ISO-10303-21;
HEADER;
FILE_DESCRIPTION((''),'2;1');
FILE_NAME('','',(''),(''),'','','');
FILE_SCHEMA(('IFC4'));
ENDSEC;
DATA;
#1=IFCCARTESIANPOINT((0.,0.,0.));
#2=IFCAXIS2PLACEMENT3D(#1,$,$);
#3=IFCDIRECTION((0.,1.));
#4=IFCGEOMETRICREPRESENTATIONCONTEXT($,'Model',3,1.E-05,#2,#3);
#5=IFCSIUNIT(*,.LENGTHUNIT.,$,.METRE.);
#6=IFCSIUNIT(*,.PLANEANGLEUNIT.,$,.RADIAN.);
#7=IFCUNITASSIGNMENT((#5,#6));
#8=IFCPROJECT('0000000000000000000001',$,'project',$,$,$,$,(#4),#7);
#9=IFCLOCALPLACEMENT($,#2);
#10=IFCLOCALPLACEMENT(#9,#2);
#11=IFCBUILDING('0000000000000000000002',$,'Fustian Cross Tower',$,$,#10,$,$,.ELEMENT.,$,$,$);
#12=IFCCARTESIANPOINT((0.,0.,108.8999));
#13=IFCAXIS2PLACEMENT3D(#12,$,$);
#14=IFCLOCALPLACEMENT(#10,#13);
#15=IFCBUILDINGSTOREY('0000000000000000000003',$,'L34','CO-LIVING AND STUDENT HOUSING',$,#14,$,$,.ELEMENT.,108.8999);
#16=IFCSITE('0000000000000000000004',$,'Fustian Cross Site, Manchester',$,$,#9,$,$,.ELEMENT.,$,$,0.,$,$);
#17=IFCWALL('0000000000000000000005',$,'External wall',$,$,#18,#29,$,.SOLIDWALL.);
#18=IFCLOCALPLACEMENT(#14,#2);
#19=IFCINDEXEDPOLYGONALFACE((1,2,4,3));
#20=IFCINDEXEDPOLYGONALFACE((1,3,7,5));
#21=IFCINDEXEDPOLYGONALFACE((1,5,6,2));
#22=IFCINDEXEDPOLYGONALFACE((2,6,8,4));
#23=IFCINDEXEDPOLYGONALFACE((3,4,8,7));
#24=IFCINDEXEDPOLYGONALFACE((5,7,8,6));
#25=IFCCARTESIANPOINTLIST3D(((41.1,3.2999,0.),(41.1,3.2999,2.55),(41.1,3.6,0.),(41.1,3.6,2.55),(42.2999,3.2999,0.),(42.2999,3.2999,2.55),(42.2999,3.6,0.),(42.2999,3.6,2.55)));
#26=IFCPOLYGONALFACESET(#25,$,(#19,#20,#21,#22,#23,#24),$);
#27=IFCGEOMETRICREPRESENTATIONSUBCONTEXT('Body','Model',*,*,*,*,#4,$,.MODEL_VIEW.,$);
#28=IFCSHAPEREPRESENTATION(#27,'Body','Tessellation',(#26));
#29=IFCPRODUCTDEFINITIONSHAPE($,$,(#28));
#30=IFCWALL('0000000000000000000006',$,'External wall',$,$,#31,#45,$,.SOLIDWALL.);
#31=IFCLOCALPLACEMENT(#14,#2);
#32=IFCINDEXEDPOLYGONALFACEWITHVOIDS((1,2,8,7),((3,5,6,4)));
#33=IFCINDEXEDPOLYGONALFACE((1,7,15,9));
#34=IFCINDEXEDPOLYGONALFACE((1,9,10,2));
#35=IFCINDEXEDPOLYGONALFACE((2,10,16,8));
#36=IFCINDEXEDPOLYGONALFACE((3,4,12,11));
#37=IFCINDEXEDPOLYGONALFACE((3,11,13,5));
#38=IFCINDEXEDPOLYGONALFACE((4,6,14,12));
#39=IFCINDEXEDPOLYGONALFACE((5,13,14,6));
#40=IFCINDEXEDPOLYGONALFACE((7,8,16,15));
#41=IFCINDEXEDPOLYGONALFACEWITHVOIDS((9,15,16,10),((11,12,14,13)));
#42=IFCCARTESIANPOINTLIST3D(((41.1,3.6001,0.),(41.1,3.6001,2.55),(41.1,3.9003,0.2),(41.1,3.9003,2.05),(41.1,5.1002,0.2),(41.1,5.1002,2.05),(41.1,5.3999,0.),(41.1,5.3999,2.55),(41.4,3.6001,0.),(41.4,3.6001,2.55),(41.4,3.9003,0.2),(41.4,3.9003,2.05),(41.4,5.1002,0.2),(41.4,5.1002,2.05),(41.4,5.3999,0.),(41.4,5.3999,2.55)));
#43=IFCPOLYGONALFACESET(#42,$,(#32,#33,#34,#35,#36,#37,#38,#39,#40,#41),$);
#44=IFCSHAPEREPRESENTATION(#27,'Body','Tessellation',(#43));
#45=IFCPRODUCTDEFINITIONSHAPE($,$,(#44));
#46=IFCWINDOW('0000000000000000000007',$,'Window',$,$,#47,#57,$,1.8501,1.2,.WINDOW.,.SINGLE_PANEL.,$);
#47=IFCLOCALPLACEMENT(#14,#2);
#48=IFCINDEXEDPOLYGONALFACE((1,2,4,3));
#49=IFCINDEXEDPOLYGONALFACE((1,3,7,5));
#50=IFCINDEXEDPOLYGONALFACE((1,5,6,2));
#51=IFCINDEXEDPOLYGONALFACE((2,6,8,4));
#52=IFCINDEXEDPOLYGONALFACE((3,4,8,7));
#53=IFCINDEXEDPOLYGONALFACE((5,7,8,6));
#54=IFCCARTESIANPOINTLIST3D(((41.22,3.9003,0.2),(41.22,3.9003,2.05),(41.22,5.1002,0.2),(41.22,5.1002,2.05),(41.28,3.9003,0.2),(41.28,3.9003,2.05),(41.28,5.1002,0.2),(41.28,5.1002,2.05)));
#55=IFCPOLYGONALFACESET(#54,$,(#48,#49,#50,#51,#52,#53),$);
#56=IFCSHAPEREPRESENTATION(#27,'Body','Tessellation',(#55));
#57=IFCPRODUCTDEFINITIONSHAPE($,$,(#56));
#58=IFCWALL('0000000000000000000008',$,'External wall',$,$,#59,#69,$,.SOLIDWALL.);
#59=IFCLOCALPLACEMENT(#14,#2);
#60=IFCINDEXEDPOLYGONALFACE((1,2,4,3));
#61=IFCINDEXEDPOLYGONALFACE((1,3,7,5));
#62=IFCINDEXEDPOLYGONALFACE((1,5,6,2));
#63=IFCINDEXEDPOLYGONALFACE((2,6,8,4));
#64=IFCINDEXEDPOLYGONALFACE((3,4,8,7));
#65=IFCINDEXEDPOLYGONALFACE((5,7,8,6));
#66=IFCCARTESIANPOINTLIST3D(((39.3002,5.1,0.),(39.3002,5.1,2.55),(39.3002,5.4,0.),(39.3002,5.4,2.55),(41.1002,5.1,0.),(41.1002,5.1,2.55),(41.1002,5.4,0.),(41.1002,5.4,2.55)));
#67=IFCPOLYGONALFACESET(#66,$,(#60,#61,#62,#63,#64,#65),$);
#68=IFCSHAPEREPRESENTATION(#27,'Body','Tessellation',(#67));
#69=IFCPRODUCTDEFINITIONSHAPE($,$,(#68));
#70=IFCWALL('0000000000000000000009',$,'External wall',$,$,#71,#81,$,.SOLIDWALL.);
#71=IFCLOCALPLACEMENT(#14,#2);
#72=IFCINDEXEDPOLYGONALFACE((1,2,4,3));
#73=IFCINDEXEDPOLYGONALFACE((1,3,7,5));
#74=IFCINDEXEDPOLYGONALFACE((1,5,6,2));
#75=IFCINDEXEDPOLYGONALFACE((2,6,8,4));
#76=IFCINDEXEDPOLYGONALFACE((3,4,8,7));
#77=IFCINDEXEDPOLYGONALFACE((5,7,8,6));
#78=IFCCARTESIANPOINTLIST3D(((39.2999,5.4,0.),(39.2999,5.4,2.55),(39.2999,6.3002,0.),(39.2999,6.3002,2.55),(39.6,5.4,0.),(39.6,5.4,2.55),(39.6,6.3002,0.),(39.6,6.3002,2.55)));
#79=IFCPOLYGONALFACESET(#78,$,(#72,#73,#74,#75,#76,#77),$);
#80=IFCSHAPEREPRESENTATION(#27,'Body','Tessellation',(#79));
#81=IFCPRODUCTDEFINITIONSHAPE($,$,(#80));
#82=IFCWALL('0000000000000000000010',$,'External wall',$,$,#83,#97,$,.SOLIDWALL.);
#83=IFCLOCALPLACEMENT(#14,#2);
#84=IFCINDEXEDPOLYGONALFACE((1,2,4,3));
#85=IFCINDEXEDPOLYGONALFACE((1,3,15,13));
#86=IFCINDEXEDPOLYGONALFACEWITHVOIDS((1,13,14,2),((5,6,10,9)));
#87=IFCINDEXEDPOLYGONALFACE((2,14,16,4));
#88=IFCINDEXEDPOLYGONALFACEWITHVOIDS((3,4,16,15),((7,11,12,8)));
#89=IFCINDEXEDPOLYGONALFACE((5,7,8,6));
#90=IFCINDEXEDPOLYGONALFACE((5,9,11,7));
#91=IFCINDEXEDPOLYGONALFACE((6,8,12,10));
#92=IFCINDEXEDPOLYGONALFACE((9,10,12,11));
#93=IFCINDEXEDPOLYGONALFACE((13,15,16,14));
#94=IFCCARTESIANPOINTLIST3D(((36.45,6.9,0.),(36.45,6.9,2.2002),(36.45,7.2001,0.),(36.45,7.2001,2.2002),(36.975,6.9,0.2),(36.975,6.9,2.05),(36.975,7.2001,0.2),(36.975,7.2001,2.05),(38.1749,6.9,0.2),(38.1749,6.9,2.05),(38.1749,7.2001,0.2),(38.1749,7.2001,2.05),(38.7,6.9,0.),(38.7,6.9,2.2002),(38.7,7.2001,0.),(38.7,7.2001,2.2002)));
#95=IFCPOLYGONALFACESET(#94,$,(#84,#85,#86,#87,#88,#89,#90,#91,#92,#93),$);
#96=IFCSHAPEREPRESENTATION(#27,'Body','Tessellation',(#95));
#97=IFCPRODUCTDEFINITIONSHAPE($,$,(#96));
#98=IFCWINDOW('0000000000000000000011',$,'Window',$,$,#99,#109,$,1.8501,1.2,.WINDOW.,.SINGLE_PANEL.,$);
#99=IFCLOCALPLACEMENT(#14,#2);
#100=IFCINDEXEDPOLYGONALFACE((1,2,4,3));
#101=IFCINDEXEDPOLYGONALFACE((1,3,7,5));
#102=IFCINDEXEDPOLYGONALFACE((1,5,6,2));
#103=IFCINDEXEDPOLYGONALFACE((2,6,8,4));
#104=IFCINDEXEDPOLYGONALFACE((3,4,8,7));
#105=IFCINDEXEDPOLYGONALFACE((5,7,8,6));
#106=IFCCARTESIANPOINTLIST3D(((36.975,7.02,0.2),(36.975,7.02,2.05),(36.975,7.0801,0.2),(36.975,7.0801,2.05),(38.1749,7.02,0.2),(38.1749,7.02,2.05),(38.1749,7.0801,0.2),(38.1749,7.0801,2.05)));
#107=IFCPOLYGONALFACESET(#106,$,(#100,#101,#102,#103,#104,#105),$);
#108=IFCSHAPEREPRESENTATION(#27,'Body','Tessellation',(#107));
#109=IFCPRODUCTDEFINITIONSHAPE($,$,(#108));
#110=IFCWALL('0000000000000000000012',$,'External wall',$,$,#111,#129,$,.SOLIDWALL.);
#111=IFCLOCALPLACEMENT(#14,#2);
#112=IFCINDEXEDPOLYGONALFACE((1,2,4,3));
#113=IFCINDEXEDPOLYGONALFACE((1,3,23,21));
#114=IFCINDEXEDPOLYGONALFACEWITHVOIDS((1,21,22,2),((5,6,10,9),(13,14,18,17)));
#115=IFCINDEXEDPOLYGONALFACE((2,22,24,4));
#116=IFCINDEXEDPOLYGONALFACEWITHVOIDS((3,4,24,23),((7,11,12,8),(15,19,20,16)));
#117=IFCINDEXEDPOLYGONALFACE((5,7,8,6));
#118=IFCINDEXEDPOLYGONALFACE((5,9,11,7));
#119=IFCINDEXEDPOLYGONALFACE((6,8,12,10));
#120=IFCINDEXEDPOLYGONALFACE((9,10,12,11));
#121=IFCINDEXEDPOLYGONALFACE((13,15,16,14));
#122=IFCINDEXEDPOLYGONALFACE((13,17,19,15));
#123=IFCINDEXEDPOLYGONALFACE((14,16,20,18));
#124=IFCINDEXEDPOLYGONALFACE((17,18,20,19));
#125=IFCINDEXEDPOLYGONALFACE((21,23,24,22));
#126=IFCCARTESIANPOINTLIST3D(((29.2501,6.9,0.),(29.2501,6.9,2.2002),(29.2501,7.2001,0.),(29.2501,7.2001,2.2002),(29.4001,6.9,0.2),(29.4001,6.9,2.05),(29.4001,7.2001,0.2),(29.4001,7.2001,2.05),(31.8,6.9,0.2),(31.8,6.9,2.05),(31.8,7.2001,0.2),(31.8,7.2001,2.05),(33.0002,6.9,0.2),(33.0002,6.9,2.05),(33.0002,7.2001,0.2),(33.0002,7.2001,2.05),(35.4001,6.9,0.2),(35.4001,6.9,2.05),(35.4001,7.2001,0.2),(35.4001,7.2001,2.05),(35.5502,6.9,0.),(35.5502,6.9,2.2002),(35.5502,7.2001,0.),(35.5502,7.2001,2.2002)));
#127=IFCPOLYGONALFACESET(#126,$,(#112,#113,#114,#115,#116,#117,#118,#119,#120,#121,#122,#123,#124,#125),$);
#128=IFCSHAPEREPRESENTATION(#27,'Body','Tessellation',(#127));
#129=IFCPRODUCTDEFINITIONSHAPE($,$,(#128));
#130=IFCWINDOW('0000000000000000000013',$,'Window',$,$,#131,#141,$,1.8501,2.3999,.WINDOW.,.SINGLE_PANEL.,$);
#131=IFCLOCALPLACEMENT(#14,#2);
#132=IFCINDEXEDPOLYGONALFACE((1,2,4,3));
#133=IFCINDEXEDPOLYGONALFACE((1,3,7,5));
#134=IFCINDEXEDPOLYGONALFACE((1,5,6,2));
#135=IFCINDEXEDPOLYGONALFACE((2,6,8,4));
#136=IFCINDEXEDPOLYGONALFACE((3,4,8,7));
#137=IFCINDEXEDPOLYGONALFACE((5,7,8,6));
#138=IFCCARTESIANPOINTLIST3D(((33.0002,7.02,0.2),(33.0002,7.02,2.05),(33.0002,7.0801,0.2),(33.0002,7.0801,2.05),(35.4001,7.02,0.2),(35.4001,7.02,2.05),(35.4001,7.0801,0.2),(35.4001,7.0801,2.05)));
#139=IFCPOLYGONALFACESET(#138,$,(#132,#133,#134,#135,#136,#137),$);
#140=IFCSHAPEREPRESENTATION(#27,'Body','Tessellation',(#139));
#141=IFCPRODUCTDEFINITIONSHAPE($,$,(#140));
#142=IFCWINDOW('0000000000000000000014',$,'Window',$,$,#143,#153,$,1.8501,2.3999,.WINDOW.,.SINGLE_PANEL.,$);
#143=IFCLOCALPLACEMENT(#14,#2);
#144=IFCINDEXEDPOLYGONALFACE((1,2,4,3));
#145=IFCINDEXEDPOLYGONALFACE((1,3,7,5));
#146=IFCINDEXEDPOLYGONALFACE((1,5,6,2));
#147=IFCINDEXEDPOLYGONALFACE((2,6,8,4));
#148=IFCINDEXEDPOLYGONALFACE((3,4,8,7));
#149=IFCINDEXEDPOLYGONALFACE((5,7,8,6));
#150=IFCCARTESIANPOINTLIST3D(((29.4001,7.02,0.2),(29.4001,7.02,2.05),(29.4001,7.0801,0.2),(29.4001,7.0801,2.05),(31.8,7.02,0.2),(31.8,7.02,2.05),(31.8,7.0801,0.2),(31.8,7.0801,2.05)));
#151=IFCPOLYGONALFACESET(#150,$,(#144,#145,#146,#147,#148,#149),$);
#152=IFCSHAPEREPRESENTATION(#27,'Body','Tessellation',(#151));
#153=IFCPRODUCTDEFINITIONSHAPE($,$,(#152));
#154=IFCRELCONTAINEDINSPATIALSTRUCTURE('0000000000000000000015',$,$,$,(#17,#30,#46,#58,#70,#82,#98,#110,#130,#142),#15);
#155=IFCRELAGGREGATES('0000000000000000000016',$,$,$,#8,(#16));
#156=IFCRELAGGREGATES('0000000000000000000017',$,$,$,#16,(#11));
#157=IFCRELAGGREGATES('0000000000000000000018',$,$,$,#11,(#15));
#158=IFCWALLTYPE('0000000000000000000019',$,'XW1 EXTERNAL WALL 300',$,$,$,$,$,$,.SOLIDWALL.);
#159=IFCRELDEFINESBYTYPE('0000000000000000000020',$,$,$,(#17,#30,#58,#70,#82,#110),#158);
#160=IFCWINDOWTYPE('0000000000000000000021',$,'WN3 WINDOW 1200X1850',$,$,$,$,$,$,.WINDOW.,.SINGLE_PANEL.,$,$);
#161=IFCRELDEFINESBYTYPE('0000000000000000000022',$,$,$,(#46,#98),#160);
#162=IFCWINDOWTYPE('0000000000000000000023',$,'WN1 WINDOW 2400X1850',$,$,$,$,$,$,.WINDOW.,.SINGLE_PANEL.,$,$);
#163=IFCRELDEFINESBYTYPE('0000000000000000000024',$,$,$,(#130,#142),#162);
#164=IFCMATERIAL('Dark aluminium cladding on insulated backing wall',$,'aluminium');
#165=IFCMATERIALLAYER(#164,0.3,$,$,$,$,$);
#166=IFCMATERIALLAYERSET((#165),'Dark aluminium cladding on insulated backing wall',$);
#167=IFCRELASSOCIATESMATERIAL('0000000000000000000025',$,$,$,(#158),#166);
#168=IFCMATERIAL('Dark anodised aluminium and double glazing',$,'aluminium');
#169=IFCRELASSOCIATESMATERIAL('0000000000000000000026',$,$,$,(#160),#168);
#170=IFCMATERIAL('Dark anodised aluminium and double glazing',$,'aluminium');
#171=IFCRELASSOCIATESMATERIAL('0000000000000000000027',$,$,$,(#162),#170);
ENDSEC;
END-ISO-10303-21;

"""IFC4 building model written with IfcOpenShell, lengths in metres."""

from ifc_helpers import new_model, si_unit, direction, frame, frame_2d, origin, place, context, subcontext, project, spatial, rectangle, extrude, material, layer, layer_set, type_object, element, fill, save


model = new_model("IFC4")

# Units and contexts
model_context = context("Model", 3, precision=1e-05, world=origin(), true_north=direction((0.0, 1.0)))
body_context = subcontext(model_context, "Body", "Model", "MODEL_VIEW")
ifc_project = project(units=[si_unit("LENGTHUNIT", "METRE"), si_unit("PLANEANGLEUNIT", "RADIAN")], contexts=[model_context])

# Site, building, storey
site_placement = place(None, origin())
site = spatial("IfcSite", under=ifc_project, at=site_placement, Name="Fustian Cross Site, Manchester", CompositionType="ELEMENT", RefElevation=0.0)
building_placement = place(site_placement, origin())
building = spatial("IfcBuilding", under=site, at=building_placement, Name="Fustian Cross Tower", CompositionType="ELEMENT")
storey_placement = place(building_placement, frame((0.0, 0.0, 108.8999)))
storey = spatial("IfcBuildingStorey", under=building, at=storey_placement, Name="L34", Description="CO-LIVING AND STUDENT HOUSING", CompositionType="ELEMENT", Elevation=108.8999)

# Wall
ifc_material_1 = material(Name="Dark aluminium cladding on insulated backing wall", Category="aluminium")
ifc_layer_1 = layer(ifc_material_1, 0.3)
ifc_layer_set_1 = layer_set([ifc_layer_1], Name="Dark aluminium cladding on insulated backing wall")
wall_type_1 = type_object("IfcWallType", Name="XW1 EXTERNAL WALL 300", PredefinedType="SOLIDWALL", material=ifc_layer_set_1)
wall_1_placement = place(storey_placement, frame((42.3, 3.45, 0.0), z_axis=(0.0, 0.0, 1.0), x_axis=(-1.0, 0.0, 0.0)))
element("IfcWall", 1, at=wall_1_placement, inside=storey, type_object=wall_type_1, Name="External wall", PredefinedType="SOLIDWALL", context=body_context, shape_type="SweptSolid", body=[
    extrude(rectangle(XDim=1.2, YDim=0.3, at=frame_2d((0.6001, 0.0))), origin(), (0.0, 0.0, 1.0), 2.55),
])

# Wall, opening, window
wall_2_placement = place(storey_placement, frame((41.25, 3.6001, 0.0), z_axis=(0.0, 0.0, 1.0), x_axis=(0.0, 1.0, 0.0)))
wall_2 = element("IfcWall", 2, at=wall_2_placement, inside=storey, type_object=wall_type_1, Name="External wall", PredefinedType="SOLIDWALL", context=body_context, shape_type="SweptSolid", body=[
    extrude(rectangle(XDim=1.7998, YDim=0.3, at=frame_2d((0.8999, 0.0))), origin(), (0.0, 0.0, 1.0), 2.55),
])
opening_1_placement = place(wall_2_placement, frame((0.3, 0.0, 0.2)))
opening_1 = element("IfcOpeningElement", 3, at=opening_1_placement, cuts=wall_2, PredefinedType="OPENING", context=body_context, shape_type="SweptSolid", body=[
    extrude(rectangle(XDim=1.2, YDim=1.8501, at=frame_2d((0.6001, 0.925))), frame((0.0, 0.1599, 0.0), z_axis=(0.0, -1.0, 0.0), x_axis=(1.0, 0.0, 0.0)), (0.0, 0.0, 1.0), 0.3201),
])
ifc_material_2 = material(Name="Dark anodised aluminium and double glazing", Category="aluminium")
window_type_1 = type_object("IfcWindowType", Name="WN3 WINDOW 1200X1850", PartitioningType="SINGLE_PANEL", PredefinedType="WINDOW", material=ifc_material_2)
window_1_placement = place(opening_1_placement, origin())
window_1 = element("IfcWindow", 4, at=window_1_placement, inside=storey, type_object=window_type_1, Name="Window", OverallHeight=1.8501, OverallWidth=1.2, PartitioningType="SINGLE_PANEL", PredefinedType="WINDOW", context=body_context, shape_type="SweptSolid", body=[
    extrude(rectangle(XDim=1.2, YDim=1.8501, at=frame_2d((0.6001, 0.925))), frame((0.0, 0.03, 0.0), z_axis=(0.0, -1.0, 0.0), x_axis=(1.0, 0.0, 0.0)), (0.0, 0.0, 1.0), 0.0601),
])
fill(opening_1, window_1)

# Walls
wall_3_placement = place(storey_placement, frame((41.1001, 5.25, 0.0), z_axis=(0.0, 0.0, 1.0), x_axis=(-1.0, 0.0, 0.0)))
element("IfcWall", 5, at=wall_3_placement, inside=storey, type_object=wall_type_1, Name="External wall", PredefinedType="SOLIDWALL", context=body_context, shape_type="SweptSolid", body=[
    extrude(rectangle(XDim=1.8, YDim=0.3, at=frame_2d((0.8999, 0.0))), origin(), (0.0, 0.0, 1.0), 2.55),
])
wall_4_placement = place(storey_placement, frame((39.45, 5.3999, 0.0), z_axis=(0.0, 0.0, 1.0), x_axis=(0.0, 1.0, 0.0)))
element("IfcWall", 6, at=wall_4_placement, inside=storey, type_object=wall_type_1, Name="External wall", PredefinedType="SOLIDWALL", context=body_context, shape_type="SweptSolid", body=[
    extrude(rectangle(XDim=0.9001, YDim=0.3, at=frame_2d((0.4502, 0.0))), origin(), (0.0, 0.0, 1.0), 2.55),
])

# Wall, opening, window
wall_5_placement = place(storey_placement, frame((38.7, 7.05, 0.0), z_axis=(0.0, 0.0, 1.0), x_axis=(-1.0, 0.0, 0.0)))
wall_5 = element("IfcWall", 7, at=wall_5_placement, inside=storey, type_object=wall_type_1, Name="External wall", PredefinedType="SOLIDWALL", context=body_context, shape_type="SweptSolid", body=[
    extrude(rectangle(XDim=2.25, YDim=0.3, at=frame_2d((1.125, 0.0))), origin(), (0.0, 0.0, 1.0), 2.2002),
])
opening_2_placement = place(wall_5_placement, frame((0.5249, 0.0, 0.2)))
opening_2 = element("IfcOpeningElement", 8, at=opening_2_placement, cuts=wall_5, PredefinedType="OPENING", context=body_context, shape_type="SweptSolid", body=[
    extrude(rectangle(XDim=1.2, YDim=1.8501, at=frame_2d((0.6001, 0.925))), frame((0.0, 0.1599, 0.0), z_axis=(0.0, -1.0, 0.0), x_axis=(1.0, 0.0, 0.0)), (0.0, 0.0, 1.0), 0.3201),
])
window_2_placement = place(opening_2_placement, origin())
window_2 = element("IfcWindow", 9, at=window_2_placement, inside=storey, type_object=window_type_1, Name="Window", OverallHeight=1.8501, OverallWidth=1.2, PartitioningType="SINGLE_PANEL", PredefinedType="WINDOW", context=body_context, shape_type="SweptSolid", body=[
    extrude(rectangle(XDim=1.2, YDim=1.8501, at=frame_2d((0.6001, 0.925))), frame((0.0, 0.03, 0.0), z_axis=(0.0, -1.0, 0.0), x_axis=(1.0, 0.0, 0.0)), (0.0, 0.0, 1.0), 0.0601),
])
fill(opening_2, window_2)

# Wall, openings, windows
wall_6_placement = place(storey_placement, frame((35.55, 7.05, 0.0), z_axis=(0.0, 0.0, 1.0), x_axis=(-1.0, 0.0, 0.0)))
wall_6 = element("IfcWall", 10, at=wall_6_placement, inside=storey, type_object=wall_type_1, Name="External wall", PredefinedType="SOLIDWALL", context=body_context, shape_type="SweptSolid", body=[
    extrude(rectangle(XDim=6.3, YDim=0.3, at=frame_2d((3.1499, 0.0))), origin(), (0.0, 0.0, 1.0), 2.2002),
])
opening_3_placement = place(wall_6_placement, frame((0.1499, 0.0, 0.2)))
opening_3 = element("IfcOpeningElement", 11, at=opening_3_placement, cuts=wall_6, PredefinedType="OPENING", context=body_context, shape_type="SweptSolid", body=[
    extrude(rectangle(XDim=2.3999, YDim=1.8501, at=frame_2d((1.2, 0.925))), frame((0.0, 0.1599, 0.0), z_axis=(0.0, -1.0, 0.0), x_axis=(1.0, 0.0, 0.0)), (0.0, 0.0, 1.0), 0.3201),
])
opening_4_placement = place(wall_6_placement, frame((3.75, 0.0, 0.2)))
opening_4 = element("IfcOpeningElement", 12, at=opening_4_placement, cuts=wall_6, PredefinedType="OPENING", context=body_context, shape_type="SweptSolid", body=[
    extrude(rectangle(XDim=2.3999, YDim=1.8501, at=frame_2d((1.2, 0.925))), frame((0.0, 0.1599, 0.0), z_axis=(0.0, -1.0, 0.0), x_axis=(1.0, 0.0, 0.0)), (0.0, 0.0, 1.0), 0.3201),
])
ifc_material_3 = material(Name="Dark anodised aluminium and double glazing", Category="aluminium")
window_type_2 = type_object("IfcWindowType", Name="WN1 WINDOW 2400X1850", PartitioningType="SINGLE_PANEL", PredefinedType="WINDOW", material=ifc_material_3)
window_3_placement = place(opening_3_placement, origin())
window_3 = element("IfcWindow", 13, at=window_3_placement, inside=storey, type_object=window_type_2, Name="Window", OverallHeight=1.8501, OverallWidth=2.3999, PartitioningType="SINGLE_PANEL", PredefinedType="WINDOW", context=body_context, shape_type="SweptSolid", body=[
    extrude(rectangle(XDim=2.3999, YDim=1.8501, at=frame_2d((1.2, 0.925))), frame((0.0, 0.03, 0.0), z_axis=(0.0, -1.0, 0.0), x_axis=(1.0, 0.0, 0.0)), (0.0, 0.0, 1.0), 0.0601),
])
fill(opening_3, window_3)
window_4_placement = place(opening_4_placement, origin())
window_4 = element("IfcWindow", 14, at=window_4_placement, inside=storey, type_object=window_type_2, Name="Window", OverallHeight=1.8501, OverallWidth=2.3999, PartitioningType="SINGLE_PANEL", PredefinedType="WINDOW", context=body_context, shape_type="SweptSolid", body=[
    extrude(rectangle(XDim=2.3999, YDim=1.8501, at=frame_2d((1.2, 0.925))), frame((0.0, 0.03, 0.0), z_axis=(0.0, -1.0, 0.0), x_axis=(1.0, 0.0, 0.0)), (0.0, 0.0, 1.0), 0.0601),
])
fill(opening_4, window_4)

save(model, "model.ifc")
